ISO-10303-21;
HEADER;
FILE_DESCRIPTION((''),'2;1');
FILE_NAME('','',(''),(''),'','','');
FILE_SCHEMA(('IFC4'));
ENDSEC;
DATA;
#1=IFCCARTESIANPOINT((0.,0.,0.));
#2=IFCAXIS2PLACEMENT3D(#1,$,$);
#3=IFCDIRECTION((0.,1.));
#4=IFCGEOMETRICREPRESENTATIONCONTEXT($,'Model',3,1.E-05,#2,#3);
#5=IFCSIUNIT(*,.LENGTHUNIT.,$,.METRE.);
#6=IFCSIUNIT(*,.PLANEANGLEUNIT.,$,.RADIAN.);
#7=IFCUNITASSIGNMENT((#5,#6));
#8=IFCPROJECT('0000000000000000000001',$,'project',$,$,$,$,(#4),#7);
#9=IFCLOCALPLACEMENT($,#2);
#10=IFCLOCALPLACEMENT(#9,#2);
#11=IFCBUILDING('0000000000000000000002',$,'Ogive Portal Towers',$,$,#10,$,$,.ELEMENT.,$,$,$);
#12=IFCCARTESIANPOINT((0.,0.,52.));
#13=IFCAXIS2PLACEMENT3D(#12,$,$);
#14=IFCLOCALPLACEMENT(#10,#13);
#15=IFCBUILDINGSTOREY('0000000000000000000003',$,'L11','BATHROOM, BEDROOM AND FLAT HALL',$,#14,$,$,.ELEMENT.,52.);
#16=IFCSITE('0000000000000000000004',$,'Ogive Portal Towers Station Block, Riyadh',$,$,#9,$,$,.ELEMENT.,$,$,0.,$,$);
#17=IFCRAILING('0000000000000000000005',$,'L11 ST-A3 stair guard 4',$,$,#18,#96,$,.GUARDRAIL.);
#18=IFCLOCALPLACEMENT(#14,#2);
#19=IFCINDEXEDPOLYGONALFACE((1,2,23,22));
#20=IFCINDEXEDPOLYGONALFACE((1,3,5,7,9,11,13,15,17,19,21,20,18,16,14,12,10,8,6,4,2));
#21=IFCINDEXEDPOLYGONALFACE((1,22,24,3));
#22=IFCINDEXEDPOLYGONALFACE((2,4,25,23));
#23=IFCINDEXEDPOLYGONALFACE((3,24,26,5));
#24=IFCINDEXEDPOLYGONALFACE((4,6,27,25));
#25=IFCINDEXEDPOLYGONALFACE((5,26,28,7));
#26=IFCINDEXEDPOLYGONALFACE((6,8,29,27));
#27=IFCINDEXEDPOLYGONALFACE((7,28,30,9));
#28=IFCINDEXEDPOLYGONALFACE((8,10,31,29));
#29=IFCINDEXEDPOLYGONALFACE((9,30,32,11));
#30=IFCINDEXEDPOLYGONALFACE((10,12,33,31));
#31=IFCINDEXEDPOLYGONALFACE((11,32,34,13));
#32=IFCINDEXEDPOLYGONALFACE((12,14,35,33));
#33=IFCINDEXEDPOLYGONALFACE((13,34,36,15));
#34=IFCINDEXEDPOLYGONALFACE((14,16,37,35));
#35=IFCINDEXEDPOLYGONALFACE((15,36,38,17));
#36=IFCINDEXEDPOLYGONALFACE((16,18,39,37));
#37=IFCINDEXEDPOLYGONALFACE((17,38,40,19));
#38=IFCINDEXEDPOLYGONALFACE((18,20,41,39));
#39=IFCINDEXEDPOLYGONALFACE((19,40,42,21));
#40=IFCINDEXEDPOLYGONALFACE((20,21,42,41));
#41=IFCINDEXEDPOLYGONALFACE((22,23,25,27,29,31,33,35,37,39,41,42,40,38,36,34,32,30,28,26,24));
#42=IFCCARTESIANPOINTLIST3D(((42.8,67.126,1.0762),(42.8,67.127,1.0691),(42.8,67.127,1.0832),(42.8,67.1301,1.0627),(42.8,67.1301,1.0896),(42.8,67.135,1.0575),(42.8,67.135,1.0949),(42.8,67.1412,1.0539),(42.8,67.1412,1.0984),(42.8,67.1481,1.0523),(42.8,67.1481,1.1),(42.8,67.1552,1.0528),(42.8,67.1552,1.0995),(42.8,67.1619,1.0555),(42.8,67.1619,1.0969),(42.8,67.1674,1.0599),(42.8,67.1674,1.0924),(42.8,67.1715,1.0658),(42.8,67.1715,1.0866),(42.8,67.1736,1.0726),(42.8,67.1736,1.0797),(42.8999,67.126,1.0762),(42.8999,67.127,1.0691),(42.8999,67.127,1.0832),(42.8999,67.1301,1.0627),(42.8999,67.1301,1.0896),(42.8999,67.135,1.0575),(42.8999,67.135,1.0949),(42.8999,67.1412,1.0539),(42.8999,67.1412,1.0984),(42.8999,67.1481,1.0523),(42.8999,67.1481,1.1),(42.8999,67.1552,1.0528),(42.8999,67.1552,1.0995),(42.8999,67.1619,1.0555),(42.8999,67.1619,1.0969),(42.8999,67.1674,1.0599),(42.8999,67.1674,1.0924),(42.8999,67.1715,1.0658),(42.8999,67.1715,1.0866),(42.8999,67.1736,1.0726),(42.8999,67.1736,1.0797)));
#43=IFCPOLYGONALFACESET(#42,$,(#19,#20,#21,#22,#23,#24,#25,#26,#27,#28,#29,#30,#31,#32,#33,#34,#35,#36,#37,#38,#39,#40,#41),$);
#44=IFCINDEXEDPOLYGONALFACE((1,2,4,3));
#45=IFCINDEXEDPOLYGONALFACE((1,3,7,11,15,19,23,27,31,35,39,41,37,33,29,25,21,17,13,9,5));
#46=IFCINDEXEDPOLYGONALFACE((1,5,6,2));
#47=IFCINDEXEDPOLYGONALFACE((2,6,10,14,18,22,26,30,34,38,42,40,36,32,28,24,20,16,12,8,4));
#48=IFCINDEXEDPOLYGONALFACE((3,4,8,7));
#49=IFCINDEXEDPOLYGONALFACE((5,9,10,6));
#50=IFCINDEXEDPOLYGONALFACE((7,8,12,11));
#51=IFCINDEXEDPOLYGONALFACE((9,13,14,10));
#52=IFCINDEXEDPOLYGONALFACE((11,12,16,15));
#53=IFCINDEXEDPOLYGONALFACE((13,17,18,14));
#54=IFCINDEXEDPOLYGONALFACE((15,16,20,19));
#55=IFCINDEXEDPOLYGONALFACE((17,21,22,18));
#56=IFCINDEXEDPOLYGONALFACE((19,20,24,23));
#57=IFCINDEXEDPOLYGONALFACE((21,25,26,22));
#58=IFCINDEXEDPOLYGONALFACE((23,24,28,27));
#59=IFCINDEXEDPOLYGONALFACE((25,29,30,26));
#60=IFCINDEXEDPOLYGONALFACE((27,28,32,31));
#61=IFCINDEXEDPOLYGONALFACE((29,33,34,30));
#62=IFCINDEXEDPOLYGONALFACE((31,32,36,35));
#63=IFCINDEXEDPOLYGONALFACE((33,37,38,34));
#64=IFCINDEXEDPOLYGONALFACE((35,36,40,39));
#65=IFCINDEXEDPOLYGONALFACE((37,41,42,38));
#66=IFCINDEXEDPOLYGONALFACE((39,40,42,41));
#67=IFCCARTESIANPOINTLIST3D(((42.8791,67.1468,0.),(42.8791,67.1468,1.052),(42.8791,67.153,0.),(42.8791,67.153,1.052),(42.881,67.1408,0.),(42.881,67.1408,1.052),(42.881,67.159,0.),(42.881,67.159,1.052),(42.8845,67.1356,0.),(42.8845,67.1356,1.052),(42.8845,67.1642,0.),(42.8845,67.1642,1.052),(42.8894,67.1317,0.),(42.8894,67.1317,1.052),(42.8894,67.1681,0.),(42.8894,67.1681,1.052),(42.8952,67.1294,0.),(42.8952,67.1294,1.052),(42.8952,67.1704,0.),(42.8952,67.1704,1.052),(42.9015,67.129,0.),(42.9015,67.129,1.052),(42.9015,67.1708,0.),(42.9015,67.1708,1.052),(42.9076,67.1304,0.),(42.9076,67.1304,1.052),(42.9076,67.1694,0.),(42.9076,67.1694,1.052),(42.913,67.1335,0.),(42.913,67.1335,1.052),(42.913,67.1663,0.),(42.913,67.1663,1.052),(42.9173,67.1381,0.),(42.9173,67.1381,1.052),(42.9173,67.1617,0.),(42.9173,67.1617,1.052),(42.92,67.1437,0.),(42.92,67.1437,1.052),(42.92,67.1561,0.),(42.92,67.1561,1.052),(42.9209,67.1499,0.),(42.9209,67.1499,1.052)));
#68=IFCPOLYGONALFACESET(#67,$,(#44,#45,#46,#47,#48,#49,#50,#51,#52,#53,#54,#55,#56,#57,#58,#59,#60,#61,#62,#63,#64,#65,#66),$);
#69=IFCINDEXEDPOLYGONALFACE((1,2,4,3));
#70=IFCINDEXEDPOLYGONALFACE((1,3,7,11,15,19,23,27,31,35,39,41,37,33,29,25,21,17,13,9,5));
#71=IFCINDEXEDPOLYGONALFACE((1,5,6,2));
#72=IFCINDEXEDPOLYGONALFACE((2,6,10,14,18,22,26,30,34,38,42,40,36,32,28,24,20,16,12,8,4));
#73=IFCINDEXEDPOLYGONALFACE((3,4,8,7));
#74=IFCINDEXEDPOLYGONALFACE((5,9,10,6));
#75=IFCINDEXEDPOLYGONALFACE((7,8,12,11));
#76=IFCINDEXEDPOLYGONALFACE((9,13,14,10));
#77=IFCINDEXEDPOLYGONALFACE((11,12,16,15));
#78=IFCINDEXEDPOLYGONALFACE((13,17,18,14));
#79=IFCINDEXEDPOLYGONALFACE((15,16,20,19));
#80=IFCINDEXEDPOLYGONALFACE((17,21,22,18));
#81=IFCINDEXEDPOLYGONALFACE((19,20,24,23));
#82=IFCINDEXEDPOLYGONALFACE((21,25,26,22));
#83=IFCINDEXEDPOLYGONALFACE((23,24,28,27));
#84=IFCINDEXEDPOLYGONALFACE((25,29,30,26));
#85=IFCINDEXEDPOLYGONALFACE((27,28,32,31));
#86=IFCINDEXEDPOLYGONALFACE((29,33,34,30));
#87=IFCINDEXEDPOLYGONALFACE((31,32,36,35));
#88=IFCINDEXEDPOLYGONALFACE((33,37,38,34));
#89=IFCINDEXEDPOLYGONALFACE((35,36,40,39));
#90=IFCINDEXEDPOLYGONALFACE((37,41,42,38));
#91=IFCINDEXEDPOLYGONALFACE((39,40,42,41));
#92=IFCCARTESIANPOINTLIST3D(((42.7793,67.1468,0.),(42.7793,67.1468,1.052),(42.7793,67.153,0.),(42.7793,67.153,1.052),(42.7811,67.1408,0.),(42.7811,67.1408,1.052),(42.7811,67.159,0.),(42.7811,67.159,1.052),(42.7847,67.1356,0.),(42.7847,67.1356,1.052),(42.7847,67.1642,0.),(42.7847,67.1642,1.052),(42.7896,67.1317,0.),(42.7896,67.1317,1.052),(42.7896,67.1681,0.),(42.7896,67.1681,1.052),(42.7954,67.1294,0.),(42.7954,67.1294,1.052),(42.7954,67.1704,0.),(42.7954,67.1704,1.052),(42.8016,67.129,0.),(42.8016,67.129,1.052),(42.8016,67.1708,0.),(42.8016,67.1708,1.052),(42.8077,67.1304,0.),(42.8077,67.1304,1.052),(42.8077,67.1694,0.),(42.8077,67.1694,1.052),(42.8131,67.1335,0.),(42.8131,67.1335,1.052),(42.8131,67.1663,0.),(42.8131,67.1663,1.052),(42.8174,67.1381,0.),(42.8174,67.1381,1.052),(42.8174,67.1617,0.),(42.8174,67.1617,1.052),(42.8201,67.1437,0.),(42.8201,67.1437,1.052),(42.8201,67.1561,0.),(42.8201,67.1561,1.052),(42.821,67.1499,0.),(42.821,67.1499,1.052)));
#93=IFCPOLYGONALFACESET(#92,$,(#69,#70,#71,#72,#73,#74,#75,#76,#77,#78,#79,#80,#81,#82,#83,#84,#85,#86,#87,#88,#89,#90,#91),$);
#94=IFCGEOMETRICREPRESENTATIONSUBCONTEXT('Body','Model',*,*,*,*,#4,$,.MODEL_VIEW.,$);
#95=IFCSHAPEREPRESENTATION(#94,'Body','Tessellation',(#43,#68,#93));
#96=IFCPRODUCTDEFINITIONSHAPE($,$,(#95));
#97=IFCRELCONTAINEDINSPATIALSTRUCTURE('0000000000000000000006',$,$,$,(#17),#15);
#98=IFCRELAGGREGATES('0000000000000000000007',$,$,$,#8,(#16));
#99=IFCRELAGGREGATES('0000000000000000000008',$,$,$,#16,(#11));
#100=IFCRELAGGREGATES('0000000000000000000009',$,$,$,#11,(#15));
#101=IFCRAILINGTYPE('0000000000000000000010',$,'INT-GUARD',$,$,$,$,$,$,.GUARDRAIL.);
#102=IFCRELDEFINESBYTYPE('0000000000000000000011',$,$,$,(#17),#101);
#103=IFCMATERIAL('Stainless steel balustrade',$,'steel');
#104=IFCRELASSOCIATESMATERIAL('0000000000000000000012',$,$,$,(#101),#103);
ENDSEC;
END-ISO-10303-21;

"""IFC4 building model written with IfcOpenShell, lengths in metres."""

from ifc_helpers import new_model, si_unit, direction, frame, origin, origin_2d, place, context, subcontext, project, spatial, circle, extrude, material, type_object, element, save


model = new_model("IFC4")

# Units and contexts
model_context = context("Model", 3, precision=1e-05, world=origin(), true_north=direction((0.0, 1.0)))
body_context = subcontext(model_context, "Body", "Model", "MODEL_VIEW")
ifc_project = project(units=[si_unit("LENGTHUNIT", "METRE"), si_unit("PLANEANGLEUNIT", "RADIAN")], contexts=[model_context])

# Site, building, storey
site_placement = place(None, origin())
site = spatial("IfcSite", under=ifc_project, at=site_placement, Name="Ogive Portal Towers Station Block, Riyadh", CompositionType="ELEMENT", RefElevation=0.0)
building_placement = place(site_placement, origin())
building = spatial("IfcBuilding", under=site, at=building_placement, Name="Ogive Portal Towers", CompositionType="ELEMENT")
storey_placement = place(building_placement, frame((0.0, 0.0, 52.0)))
storey = spatial("IfcBuildingStorey", under=building, at=storey_placement, Name="L11", Description="BATHROOM, BEDROOM AND FLAT HALL", CompositionType="ELEMENT", Elevation=52.0)

# Railing
ifc_material_1 = material(Name="Stainless steel balustrade", Category="steel")
railing_type = type_object("IfcRailingType", Name="INT-GUARD", PredefinedType="GUARDRAIL", material=ifc_material_1)
railing_1_placement = place(storey_placement, frame((42.8999, 67.1499, 0.0)))
element("IfcRailing", 1, at=railing_1_placement, inside=storey, type_object=railing_type, Name="L11 ST-A3 stair guard 4", PredefinedType="GUARDRAIL", context=body_context, shape_type="SweptSolid", body=[
    extrude(circle(Radius=0.0239, at=origin_2d()), frame((0.0, 0.0, 1.0762), z_axis=(-1.0, 0.0, 0.0), x_axis=(0.0, -1.0, 0.0)), (0.0, 0.0, 1.0), 0.0999),
    extrude(circle(Radius=0.021, at=origin_2d()), origin(), (0.0, 0.0, 1.0), 1.052),
    extrude(circle(Radius=0.021, at=origin_2d()), frame((-0.0999, 0.0, 0.0)), (0.0, 0.0, 1.0), 1.052),
])

save(model, "model.ifc")
